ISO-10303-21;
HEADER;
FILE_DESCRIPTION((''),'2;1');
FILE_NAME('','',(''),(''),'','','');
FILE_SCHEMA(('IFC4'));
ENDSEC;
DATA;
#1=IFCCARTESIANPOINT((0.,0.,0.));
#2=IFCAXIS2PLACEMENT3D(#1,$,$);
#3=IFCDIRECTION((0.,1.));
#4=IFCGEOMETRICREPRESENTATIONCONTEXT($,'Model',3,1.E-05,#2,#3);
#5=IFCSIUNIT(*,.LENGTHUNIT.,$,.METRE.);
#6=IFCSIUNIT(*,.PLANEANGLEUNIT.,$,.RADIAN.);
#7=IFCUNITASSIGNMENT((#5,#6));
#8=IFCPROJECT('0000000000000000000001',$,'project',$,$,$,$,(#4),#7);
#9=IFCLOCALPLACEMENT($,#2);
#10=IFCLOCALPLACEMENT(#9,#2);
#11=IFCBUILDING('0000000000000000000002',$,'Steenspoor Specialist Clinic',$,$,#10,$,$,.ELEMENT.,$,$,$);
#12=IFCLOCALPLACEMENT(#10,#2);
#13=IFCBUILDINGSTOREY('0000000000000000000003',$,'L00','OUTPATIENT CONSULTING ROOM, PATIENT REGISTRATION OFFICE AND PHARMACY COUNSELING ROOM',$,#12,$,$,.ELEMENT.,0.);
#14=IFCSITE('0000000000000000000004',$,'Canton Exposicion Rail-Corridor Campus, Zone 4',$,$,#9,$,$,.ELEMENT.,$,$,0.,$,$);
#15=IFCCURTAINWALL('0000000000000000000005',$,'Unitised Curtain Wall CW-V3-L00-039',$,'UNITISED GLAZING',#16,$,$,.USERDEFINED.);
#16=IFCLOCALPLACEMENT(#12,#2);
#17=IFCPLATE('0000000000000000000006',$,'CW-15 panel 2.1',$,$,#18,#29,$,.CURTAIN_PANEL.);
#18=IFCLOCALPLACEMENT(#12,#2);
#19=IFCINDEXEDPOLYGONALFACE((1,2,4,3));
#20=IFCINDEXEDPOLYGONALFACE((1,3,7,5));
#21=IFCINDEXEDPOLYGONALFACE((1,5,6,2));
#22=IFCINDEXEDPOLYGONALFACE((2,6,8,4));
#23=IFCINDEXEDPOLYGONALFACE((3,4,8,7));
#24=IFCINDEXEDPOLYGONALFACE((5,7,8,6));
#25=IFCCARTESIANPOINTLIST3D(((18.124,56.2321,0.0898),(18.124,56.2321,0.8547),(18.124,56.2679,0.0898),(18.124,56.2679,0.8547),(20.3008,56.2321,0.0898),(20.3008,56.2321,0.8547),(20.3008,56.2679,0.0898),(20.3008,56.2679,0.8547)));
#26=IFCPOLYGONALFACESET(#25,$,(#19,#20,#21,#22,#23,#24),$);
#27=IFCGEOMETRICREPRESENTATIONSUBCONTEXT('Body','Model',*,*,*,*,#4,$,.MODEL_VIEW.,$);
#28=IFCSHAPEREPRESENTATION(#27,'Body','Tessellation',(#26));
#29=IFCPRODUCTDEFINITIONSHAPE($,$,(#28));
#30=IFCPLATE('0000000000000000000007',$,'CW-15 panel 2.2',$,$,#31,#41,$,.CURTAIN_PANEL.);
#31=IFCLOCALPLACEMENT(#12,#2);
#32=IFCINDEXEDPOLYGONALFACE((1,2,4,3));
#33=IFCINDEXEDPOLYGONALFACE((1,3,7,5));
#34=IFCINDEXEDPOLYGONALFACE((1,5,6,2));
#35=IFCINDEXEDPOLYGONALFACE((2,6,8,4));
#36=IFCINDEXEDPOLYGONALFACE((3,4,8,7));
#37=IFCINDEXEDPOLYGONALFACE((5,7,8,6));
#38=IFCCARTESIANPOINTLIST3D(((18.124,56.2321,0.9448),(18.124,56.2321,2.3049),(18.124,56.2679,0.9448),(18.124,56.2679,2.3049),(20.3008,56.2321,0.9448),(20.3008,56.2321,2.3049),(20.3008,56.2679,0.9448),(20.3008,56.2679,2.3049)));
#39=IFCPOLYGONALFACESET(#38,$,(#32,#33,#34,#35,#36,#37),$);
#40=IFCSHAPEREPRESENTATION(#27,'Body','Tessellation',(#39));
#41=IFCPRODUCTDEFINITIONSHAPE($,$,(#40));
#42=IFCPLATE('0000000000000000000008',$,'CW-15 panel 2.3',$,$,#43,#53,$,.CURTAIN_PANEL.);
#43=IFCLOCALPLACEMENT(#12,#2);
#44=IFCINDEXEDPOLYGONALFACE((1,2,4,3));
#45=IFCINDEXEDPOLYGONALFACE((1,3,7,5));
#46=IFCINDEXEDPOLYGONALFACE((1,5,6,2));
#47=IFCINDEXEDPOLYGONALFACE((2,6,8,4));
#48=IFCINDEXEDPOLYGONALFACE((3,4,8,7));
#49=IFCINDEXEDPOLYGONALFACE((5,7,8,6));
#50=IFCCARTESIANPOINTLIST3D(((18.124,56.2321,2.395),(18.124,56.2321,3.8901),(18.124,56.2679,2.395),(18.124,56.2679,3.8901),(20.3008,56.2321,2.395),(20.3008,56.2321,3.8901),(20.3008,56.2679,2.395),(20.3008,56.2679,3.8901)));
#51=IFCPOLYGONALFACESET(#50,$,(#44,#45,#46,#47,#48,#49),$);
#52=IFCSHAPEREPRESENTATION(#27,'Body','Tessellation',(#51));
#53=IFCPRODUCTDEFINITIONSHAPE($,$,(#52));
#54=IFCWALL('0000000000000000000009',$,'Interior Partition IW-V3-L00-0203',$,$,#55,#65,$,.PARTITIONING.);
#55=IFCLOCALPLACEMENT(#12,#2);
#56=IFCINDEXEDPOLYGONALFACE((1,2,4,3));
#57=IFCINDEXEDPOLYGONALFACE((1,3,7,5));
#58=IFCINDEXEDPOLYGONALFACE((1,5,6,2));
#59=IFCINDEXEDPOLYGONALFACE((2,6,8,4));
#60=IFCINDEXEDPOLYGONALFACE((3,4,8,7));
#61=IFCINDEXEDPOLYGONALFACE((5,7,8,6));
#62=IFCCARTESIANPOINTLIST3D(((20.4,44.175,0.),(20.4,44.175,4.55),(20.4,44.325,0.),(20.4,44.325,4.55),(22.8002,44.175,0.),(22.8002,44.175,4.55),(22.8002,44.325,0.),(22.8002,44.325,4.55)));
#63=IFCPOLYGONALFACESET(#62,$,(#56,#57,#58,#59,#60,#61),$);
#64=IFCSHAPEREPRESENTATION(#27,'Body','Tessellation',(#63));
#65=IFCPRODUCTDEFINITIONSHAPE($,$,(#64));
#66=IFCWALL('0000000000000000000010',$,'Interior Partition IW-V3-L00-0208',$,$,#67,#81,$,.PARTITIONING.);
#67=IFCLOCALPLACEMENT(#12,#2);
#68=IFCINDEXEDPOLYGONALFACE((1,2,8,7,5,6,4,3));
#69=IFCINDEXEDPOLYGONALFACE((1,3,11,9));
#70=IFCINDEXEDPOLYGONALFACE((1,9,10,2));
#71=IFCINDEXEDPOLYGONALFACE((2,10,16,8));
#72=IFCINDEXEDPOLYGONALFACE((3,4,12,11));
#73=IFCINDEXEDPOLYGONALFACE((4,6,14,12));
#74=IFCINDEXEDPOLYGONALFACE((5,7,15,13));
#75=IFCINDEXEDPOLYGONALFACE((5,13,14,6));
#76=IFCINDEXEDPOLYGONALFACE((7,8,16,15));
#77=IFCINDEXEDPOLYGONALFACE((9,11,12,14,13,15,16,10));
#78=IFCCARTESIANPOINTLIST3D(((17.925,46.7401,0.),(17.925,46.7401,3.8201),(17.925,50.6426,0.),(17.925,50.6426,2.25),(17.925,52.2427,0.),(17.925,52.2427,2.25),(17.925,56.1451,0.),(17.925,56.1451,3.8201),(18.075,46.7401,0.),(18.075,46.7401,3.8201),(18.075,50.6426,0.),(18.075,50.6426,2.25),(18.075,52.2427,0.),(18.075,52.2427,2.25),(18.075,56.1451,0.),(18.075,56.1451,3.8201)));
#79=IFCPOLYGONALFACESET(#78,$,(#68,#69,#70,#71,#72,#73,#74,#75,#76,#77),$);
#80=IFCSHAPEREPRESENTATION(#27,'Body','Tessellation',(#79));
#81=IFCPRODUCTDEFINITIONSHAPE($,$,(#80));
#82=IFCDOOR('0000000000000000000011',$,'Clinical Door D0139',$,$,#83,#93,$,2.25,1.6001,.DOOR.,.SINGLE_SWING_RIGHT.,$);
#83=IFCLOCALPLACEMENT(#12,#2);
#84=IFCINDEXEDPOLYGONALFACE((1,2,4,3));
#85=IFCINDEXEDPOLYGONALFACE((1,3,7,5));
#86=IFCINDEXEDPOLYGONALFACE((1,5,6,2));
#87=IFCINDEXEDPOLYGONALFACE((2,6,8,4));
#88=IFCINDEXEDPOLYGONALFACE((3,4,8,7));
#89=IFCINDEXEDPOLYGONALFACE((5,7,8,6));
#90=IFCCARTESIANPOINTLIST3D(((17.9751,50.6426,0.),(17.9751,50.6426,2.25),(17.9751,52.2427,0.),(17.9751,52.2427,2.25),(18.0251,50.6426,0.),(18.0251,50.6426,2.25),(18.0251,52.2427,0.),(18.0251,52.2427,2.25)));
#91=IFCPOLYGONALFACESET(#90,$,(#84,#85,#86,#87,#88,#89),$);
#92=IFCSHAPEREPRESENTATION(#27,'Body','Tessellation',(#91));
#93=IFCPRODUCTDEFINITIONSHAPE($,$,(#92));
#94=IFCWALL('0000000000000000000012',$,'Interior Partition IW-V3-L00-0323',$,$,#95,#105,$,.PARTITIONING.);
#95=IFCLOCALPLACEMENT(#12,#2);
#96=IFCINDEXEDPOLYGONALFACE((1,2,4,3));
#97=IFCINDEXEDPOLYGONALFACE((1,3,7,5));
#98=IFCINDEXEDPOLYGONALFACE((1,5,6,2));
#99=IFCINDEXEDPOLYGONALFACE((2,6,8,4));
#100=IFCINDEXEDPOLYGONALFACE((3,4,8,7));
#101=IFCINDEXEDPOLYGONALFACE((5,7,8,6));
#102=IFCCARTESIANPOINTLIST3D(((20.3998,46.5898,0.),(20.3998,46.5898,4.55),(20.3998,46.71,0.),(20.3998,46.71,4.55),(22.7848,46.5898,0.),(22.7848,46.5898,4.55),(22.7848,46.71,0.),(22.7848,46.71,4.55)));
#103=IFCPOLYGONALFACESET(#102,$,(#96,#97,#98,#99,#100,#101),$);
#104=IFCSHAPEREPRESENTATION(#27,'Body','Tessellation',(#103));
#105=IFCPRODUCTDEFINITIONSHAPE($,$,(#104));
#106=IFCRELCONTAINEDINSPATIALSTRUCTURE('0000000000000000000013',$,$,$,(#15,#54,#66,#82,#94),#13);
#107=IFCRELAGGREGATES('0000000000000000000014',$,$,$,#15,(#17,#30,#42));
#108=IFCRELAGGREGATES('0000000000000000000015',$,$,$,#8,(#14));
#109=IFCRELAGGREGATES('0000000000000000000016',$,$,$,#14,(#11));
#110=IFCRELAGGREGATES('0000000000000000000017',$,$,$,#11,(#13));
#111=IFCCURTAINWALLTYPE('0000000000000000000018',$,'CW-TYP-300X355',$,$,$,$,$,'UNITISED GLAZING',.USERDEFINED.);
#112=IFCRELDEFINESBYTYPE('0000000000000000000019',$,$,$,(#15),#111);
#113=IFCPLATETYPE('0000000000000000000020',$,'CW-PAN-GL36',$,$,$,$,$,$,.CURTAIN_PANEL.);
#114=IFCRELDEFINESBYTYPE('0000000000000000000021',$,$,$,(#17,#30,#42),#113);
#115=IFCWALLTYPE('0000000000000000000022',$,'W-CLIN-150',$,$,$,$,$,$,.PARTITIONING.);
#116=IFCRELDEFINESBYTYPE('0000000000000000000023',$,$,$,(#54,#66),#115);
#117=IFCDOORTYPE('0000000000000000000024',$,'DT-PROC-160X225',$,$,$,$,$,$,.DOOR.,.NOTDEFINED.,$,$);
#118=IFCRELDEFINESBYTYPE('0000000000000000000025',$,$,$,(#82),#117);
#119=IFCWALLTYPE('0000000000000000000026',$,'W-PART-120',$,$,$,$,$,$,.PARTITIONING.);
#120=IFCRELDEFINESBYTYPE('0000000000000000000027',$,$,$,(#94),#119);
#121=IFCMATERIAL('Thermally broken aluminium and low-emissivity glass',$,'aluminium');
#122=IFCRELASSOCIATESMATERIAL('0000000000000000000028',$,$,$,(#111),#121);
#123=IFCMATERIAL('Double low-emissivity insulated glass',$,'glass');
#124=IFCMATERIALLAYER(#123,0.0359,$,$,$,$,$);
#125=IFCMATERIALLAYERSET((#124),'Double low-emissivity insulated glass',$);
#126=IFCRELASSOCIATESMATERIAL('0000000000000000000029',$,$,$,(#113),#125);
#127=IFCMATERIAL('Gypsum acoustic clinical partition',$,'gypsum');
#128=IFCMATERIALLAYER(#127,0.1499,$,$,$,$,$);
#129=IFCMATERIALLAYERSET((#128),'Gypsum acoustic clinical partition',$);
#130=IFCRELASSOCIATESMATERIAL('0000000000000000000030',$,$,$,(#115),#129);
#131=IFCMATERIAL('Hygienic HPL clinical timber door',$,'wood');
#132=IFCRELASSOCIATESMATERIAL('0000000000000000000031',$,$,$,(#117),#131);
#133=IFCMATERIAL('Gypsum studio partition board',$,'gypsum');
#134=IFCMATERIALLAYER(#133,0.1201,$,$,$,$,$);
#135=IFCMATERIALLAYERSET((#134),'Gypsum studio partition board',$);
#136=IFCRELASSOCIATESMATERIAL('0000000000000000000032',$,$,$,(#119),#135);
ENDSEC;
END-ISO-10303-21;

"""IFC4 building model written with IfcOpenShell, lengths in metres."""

from ifc_helpers import new_model, si_unit, direction, frame, frame_2d, origin, origin_2d, place, context, subcontext, project, spatial, rectangle, extrude, material, layer, layer_set, type_object, element, fill, aggregate, save


model = new_model("IFC4")

# Units and contexts
model_context = context("Model", 3, precision=1e-05, world=origin(), true_north=direction((0.0, 1.0)))
body_context = subcontext(model_context, "Body", "Model", "MODEL_VIEW")
ifc_project = project(units=[si_unit("LENGTHUNIT", "METRE"), si_unit("PLANEANGLEUNIT", "RADIAN")], contexts=[model_context])

# Site, building, storey
site_placement = place(None, origin())
site = spatial("IfcSite", under=ifc_project, at=site_placement, Name="Canton Exposicion Rail-Corridor Campus, Zone 4", CompositionType="ELEMENT", RefElevation=0.0)
building_placement = place(site_placement, origin())
building = spatial("IfcBuilding", under=site, at=building_placement, Name="Steenspoor Specialist Clinic", CompositionType="ELEMENT")
storey_placement = place(building_placement, origin())
storey = spatial("IfcBuildingStorey", under=building, at=storey_placement, Name="L00", Description="OUTPATIENT CONSULTING ROOM, PATIENT REGISTRATION OFFICE AND PHARMACY COUNSELING ROOM", CompositionType="ELEMENT", Elevation=0.0)

# Curtain wall, plates
ifc_material_1 = material(Name="Thermally broken aluminium and low-emissivity glass", Category="aluminium")
curtain_wall_type = type_object("IfcCurtainWallType", Name="CW-TYP-300X355", ElementType="UNITISED GLAZING", PredefinedType="USERDEFINED", material=ifc_material_1)
curtain_wall_placement = place(storey_placement, origin())
curtain_wall = element("IfcCurtainWall", 1, at=curtain_wall_placement, inside=storey, type_object=curtain_wall_type, Name="Unitised Curtain Wall CW-V3-L00-039", ObjectType="UNITISED GLAZING", PredefinedType="USERDEFINED")
ifc_material_2 = material(Name="Double low-emissivity insulated glass", Category="glass")
ifc_layer_1 = layer(ifc_material_2, 0.0359)
ifc_layer_set_1 = layer_set([ifc_layer_1], Name="Double low-emissivity insulated glass")
plate_type = type_object("IfcPlateType", Name="CW-PAN-GL36", PredefinedType="CURTAIN_PANEL", material=ifc_layer_set_1)
plate_1_placement = place(storey_placement, frame((19.2124, 56.25, 0.0898), z_axis=(0.0, 0.0, 1.0), x_axis=(1.0, 0.0, 0.0)))
plate_1 = element("IfcPlate", 2, at=plate_1_placement, type_object=plate_type, Name="CW-15 panel 2.1", PredefinedType="CURTAIN_PANEL", context=body_context, shape_type="SweptSolid", body=[
    extrude(rectangle(XDim=2.1768, YDim=0.0359, at=origin_2d()), origin(), (0.0, 0.0, 1.0), 0.7649),
])
plate_2_placement = place(storey_placement, frame((19.2124, 56.25, 0.9448), z_axis=(0.0, 0.0, 1.0), x_axis=(1.0, 0.0, 0.0)))
plate_2 = element("IfcPlate", 3, at=plate_2_placement, type_object=plate_type, Name="CW-15 panel 2.2", PredefinedType="CURTAIN_PANEL", context=body_context, shape_type="SweptSolid", body=[
    extrude(rectangle(XDim=2.1768, YDim=0.0359, at=origin_2d()), origin(), (0.0, 0.0, 1.0), 1.3601),
])
plate_3_placement = place(storey_placement, frame((19.2124, 56.25, 2.395), z_axis=(0.0, 0.0, 1.0), x_axis=(1.0, 0.0, 0.0)))
plate_3 = element("IfcPlate", 4, at=plate_3_placement, type_object=plate_type, Name="CW-15 panel 2.3", PredefinedType="CURTAIN_PANEL", context=body_context, shape_type="SweptSolid", body=[
    extrude(rectangle(XDim=2.1768, YDim=0.0359, at=origin_2d()), origin(), (0.0, 0.0, 1.0), 1.4951),
])
aggregate(curtain_wall, [plate_1, plate_2, plate_3])

# Wall
ifc_material_3 = material(Name="Gypsum acoustic clinical partition", Category="gypsum")
ifc_layer_2 = layer(ifc_material_3, 0.1499)
ifc_layer_set_2 = layer_set([ifc_layer_2], Name="Gypsum acoustic clinical partition")
wall_type_1 = type_object("IfcWallType", Name="W-CLIN-150", PredefinedType="PARTITIONING", material=ifc_layer_set_2)
wall_1_placement = place(storey_placement, frame((20.3999, 44.25, 0.0), z_axis=(0.0, 0.0, 1.0), x_axis=(1.0, 0.0, 0.0)))
element("IfcWall", 5, at=wall_1_placement, inside=storey, type_object=wall_type_1, Name="Interior Partition IW-V3-L00-0203", PredefinedType="PARTITIONING", context=body_context, shape_type="SweptSolid", body=[
    extrude(rectangle(XDim=2.4001, YDim=0.1499, at=frame_2d((1.2002, 0.0))), origin(), (0.0, 0.0, 1.0), 4.55),
])

# Wall, opening, door
wall_2_placement = place(storey_placement, frame((18.0, 46.74, 0.0), z_axis=(0.0, 0.0, 1.0), x_axis=(0.0, 1.0, 0.0)))
wall_2 = element("IfcWall", 6, at=wall_2_placement, inside=storey, type_object=wall_type_1, Name="Interior Partition IW-V3-L00-0208", PredefinedType="PARTITIONING", context=body_context, shape_type="SweptSolid", body=[
    extrude(rectangle(XDim=9.405, YDim=0.1499, at=frame_2d((4.7026, 0.0))), origin(), (0.0, 0.0, 1.0), 3.8201),
])
opening_placement = place(wall_2_placement, frame((3.9026, 0.0, 0.0)))
opening = element("IfcOpeningElement", 7, at=opening_placement, cuts=wall_2, PredefinedType="OPENING", context=body_context, shape_type="SweptSolid", body=[
    extrude(rectangle(XDim=1.6001, YDim=2.25, at=frame_2d((0.8, 1.125))), frame((0.0, 0.085, 0.0), z_axis=(0.0, -1.0, 0.0), x_axis=(1.0, 0.0, 0.0)), (0.0, 0.0, 1.0), 0.1699),
])
ifc_material_4 = material(Name="Hygienic HPL clinical timber door", Category="wood")
door_type = type_object("IfcDoorType", Name="DT-PROC-160X225", OperationType="NOTDEFINED", PredefinedType="DOOR", material=ifc_material_4)
door_placement = place(opening_placement, origin())
door = element("IfcDoor", 8, at=door_placement, inside=storey, type_object=door_type, Name="Clinical Door D0139", OperationType="SINGLE_SWING_RIGHT", OverallHeight=2.25, OverallWidth=1.6001, PredefinedType="DOOR", context=body_context, shape_type="SweptSolid", body=[
    extrude(rectangle(XDim=1.6001, YDim=2.25, at=frame_2d((0.8, 1.125))), frame((0.0, 0.0249, 0.0), z_axis=(0.0, -1.0, 0.0), x_axis=(1.0, 0.0, 0.0)), (0.0, 0.0, 1.0), 0.05),
])
fill(opening, door)

# Wall
ifc_material_5 = material(Name="Gypsum studio partition board", Category="gypsum")
ifc_layer_3 = layer(ifc_material_5, 0.1201)
ifc_layer_set_3 = layer_set([ifc_layer_3], Name="Gypsum studio partition board")
wall_type_2 = type_object("IfcWallType", Name="W-PART-120", PredefinedType="PARTITIONING", material=ifc_layer_set_3)
wall_3_placement = place(storey_placement, frame((20.3999, 46.6499, 0.0), z_axis=(0.0, 0.0, 1.0), x_axis=(1.0, 0.0, 0.0)))
element("IfcWall", 9, at=wall_3_placement, inside=storey, type_object=wall_type_2, Name="Interior Partition IW-V3-L00-0323", PredefinedType="PARTITIONING", context=body_context, shape_type="SweptSolid", body=[
    extrude(rectangle(XDim=2.385, YDim=0.1201, at=frame_2d((1.1924, 0.0))), origin(), (0.0, 0.0, 1.0), 4.55),
])

save(model, "model.ifc")
